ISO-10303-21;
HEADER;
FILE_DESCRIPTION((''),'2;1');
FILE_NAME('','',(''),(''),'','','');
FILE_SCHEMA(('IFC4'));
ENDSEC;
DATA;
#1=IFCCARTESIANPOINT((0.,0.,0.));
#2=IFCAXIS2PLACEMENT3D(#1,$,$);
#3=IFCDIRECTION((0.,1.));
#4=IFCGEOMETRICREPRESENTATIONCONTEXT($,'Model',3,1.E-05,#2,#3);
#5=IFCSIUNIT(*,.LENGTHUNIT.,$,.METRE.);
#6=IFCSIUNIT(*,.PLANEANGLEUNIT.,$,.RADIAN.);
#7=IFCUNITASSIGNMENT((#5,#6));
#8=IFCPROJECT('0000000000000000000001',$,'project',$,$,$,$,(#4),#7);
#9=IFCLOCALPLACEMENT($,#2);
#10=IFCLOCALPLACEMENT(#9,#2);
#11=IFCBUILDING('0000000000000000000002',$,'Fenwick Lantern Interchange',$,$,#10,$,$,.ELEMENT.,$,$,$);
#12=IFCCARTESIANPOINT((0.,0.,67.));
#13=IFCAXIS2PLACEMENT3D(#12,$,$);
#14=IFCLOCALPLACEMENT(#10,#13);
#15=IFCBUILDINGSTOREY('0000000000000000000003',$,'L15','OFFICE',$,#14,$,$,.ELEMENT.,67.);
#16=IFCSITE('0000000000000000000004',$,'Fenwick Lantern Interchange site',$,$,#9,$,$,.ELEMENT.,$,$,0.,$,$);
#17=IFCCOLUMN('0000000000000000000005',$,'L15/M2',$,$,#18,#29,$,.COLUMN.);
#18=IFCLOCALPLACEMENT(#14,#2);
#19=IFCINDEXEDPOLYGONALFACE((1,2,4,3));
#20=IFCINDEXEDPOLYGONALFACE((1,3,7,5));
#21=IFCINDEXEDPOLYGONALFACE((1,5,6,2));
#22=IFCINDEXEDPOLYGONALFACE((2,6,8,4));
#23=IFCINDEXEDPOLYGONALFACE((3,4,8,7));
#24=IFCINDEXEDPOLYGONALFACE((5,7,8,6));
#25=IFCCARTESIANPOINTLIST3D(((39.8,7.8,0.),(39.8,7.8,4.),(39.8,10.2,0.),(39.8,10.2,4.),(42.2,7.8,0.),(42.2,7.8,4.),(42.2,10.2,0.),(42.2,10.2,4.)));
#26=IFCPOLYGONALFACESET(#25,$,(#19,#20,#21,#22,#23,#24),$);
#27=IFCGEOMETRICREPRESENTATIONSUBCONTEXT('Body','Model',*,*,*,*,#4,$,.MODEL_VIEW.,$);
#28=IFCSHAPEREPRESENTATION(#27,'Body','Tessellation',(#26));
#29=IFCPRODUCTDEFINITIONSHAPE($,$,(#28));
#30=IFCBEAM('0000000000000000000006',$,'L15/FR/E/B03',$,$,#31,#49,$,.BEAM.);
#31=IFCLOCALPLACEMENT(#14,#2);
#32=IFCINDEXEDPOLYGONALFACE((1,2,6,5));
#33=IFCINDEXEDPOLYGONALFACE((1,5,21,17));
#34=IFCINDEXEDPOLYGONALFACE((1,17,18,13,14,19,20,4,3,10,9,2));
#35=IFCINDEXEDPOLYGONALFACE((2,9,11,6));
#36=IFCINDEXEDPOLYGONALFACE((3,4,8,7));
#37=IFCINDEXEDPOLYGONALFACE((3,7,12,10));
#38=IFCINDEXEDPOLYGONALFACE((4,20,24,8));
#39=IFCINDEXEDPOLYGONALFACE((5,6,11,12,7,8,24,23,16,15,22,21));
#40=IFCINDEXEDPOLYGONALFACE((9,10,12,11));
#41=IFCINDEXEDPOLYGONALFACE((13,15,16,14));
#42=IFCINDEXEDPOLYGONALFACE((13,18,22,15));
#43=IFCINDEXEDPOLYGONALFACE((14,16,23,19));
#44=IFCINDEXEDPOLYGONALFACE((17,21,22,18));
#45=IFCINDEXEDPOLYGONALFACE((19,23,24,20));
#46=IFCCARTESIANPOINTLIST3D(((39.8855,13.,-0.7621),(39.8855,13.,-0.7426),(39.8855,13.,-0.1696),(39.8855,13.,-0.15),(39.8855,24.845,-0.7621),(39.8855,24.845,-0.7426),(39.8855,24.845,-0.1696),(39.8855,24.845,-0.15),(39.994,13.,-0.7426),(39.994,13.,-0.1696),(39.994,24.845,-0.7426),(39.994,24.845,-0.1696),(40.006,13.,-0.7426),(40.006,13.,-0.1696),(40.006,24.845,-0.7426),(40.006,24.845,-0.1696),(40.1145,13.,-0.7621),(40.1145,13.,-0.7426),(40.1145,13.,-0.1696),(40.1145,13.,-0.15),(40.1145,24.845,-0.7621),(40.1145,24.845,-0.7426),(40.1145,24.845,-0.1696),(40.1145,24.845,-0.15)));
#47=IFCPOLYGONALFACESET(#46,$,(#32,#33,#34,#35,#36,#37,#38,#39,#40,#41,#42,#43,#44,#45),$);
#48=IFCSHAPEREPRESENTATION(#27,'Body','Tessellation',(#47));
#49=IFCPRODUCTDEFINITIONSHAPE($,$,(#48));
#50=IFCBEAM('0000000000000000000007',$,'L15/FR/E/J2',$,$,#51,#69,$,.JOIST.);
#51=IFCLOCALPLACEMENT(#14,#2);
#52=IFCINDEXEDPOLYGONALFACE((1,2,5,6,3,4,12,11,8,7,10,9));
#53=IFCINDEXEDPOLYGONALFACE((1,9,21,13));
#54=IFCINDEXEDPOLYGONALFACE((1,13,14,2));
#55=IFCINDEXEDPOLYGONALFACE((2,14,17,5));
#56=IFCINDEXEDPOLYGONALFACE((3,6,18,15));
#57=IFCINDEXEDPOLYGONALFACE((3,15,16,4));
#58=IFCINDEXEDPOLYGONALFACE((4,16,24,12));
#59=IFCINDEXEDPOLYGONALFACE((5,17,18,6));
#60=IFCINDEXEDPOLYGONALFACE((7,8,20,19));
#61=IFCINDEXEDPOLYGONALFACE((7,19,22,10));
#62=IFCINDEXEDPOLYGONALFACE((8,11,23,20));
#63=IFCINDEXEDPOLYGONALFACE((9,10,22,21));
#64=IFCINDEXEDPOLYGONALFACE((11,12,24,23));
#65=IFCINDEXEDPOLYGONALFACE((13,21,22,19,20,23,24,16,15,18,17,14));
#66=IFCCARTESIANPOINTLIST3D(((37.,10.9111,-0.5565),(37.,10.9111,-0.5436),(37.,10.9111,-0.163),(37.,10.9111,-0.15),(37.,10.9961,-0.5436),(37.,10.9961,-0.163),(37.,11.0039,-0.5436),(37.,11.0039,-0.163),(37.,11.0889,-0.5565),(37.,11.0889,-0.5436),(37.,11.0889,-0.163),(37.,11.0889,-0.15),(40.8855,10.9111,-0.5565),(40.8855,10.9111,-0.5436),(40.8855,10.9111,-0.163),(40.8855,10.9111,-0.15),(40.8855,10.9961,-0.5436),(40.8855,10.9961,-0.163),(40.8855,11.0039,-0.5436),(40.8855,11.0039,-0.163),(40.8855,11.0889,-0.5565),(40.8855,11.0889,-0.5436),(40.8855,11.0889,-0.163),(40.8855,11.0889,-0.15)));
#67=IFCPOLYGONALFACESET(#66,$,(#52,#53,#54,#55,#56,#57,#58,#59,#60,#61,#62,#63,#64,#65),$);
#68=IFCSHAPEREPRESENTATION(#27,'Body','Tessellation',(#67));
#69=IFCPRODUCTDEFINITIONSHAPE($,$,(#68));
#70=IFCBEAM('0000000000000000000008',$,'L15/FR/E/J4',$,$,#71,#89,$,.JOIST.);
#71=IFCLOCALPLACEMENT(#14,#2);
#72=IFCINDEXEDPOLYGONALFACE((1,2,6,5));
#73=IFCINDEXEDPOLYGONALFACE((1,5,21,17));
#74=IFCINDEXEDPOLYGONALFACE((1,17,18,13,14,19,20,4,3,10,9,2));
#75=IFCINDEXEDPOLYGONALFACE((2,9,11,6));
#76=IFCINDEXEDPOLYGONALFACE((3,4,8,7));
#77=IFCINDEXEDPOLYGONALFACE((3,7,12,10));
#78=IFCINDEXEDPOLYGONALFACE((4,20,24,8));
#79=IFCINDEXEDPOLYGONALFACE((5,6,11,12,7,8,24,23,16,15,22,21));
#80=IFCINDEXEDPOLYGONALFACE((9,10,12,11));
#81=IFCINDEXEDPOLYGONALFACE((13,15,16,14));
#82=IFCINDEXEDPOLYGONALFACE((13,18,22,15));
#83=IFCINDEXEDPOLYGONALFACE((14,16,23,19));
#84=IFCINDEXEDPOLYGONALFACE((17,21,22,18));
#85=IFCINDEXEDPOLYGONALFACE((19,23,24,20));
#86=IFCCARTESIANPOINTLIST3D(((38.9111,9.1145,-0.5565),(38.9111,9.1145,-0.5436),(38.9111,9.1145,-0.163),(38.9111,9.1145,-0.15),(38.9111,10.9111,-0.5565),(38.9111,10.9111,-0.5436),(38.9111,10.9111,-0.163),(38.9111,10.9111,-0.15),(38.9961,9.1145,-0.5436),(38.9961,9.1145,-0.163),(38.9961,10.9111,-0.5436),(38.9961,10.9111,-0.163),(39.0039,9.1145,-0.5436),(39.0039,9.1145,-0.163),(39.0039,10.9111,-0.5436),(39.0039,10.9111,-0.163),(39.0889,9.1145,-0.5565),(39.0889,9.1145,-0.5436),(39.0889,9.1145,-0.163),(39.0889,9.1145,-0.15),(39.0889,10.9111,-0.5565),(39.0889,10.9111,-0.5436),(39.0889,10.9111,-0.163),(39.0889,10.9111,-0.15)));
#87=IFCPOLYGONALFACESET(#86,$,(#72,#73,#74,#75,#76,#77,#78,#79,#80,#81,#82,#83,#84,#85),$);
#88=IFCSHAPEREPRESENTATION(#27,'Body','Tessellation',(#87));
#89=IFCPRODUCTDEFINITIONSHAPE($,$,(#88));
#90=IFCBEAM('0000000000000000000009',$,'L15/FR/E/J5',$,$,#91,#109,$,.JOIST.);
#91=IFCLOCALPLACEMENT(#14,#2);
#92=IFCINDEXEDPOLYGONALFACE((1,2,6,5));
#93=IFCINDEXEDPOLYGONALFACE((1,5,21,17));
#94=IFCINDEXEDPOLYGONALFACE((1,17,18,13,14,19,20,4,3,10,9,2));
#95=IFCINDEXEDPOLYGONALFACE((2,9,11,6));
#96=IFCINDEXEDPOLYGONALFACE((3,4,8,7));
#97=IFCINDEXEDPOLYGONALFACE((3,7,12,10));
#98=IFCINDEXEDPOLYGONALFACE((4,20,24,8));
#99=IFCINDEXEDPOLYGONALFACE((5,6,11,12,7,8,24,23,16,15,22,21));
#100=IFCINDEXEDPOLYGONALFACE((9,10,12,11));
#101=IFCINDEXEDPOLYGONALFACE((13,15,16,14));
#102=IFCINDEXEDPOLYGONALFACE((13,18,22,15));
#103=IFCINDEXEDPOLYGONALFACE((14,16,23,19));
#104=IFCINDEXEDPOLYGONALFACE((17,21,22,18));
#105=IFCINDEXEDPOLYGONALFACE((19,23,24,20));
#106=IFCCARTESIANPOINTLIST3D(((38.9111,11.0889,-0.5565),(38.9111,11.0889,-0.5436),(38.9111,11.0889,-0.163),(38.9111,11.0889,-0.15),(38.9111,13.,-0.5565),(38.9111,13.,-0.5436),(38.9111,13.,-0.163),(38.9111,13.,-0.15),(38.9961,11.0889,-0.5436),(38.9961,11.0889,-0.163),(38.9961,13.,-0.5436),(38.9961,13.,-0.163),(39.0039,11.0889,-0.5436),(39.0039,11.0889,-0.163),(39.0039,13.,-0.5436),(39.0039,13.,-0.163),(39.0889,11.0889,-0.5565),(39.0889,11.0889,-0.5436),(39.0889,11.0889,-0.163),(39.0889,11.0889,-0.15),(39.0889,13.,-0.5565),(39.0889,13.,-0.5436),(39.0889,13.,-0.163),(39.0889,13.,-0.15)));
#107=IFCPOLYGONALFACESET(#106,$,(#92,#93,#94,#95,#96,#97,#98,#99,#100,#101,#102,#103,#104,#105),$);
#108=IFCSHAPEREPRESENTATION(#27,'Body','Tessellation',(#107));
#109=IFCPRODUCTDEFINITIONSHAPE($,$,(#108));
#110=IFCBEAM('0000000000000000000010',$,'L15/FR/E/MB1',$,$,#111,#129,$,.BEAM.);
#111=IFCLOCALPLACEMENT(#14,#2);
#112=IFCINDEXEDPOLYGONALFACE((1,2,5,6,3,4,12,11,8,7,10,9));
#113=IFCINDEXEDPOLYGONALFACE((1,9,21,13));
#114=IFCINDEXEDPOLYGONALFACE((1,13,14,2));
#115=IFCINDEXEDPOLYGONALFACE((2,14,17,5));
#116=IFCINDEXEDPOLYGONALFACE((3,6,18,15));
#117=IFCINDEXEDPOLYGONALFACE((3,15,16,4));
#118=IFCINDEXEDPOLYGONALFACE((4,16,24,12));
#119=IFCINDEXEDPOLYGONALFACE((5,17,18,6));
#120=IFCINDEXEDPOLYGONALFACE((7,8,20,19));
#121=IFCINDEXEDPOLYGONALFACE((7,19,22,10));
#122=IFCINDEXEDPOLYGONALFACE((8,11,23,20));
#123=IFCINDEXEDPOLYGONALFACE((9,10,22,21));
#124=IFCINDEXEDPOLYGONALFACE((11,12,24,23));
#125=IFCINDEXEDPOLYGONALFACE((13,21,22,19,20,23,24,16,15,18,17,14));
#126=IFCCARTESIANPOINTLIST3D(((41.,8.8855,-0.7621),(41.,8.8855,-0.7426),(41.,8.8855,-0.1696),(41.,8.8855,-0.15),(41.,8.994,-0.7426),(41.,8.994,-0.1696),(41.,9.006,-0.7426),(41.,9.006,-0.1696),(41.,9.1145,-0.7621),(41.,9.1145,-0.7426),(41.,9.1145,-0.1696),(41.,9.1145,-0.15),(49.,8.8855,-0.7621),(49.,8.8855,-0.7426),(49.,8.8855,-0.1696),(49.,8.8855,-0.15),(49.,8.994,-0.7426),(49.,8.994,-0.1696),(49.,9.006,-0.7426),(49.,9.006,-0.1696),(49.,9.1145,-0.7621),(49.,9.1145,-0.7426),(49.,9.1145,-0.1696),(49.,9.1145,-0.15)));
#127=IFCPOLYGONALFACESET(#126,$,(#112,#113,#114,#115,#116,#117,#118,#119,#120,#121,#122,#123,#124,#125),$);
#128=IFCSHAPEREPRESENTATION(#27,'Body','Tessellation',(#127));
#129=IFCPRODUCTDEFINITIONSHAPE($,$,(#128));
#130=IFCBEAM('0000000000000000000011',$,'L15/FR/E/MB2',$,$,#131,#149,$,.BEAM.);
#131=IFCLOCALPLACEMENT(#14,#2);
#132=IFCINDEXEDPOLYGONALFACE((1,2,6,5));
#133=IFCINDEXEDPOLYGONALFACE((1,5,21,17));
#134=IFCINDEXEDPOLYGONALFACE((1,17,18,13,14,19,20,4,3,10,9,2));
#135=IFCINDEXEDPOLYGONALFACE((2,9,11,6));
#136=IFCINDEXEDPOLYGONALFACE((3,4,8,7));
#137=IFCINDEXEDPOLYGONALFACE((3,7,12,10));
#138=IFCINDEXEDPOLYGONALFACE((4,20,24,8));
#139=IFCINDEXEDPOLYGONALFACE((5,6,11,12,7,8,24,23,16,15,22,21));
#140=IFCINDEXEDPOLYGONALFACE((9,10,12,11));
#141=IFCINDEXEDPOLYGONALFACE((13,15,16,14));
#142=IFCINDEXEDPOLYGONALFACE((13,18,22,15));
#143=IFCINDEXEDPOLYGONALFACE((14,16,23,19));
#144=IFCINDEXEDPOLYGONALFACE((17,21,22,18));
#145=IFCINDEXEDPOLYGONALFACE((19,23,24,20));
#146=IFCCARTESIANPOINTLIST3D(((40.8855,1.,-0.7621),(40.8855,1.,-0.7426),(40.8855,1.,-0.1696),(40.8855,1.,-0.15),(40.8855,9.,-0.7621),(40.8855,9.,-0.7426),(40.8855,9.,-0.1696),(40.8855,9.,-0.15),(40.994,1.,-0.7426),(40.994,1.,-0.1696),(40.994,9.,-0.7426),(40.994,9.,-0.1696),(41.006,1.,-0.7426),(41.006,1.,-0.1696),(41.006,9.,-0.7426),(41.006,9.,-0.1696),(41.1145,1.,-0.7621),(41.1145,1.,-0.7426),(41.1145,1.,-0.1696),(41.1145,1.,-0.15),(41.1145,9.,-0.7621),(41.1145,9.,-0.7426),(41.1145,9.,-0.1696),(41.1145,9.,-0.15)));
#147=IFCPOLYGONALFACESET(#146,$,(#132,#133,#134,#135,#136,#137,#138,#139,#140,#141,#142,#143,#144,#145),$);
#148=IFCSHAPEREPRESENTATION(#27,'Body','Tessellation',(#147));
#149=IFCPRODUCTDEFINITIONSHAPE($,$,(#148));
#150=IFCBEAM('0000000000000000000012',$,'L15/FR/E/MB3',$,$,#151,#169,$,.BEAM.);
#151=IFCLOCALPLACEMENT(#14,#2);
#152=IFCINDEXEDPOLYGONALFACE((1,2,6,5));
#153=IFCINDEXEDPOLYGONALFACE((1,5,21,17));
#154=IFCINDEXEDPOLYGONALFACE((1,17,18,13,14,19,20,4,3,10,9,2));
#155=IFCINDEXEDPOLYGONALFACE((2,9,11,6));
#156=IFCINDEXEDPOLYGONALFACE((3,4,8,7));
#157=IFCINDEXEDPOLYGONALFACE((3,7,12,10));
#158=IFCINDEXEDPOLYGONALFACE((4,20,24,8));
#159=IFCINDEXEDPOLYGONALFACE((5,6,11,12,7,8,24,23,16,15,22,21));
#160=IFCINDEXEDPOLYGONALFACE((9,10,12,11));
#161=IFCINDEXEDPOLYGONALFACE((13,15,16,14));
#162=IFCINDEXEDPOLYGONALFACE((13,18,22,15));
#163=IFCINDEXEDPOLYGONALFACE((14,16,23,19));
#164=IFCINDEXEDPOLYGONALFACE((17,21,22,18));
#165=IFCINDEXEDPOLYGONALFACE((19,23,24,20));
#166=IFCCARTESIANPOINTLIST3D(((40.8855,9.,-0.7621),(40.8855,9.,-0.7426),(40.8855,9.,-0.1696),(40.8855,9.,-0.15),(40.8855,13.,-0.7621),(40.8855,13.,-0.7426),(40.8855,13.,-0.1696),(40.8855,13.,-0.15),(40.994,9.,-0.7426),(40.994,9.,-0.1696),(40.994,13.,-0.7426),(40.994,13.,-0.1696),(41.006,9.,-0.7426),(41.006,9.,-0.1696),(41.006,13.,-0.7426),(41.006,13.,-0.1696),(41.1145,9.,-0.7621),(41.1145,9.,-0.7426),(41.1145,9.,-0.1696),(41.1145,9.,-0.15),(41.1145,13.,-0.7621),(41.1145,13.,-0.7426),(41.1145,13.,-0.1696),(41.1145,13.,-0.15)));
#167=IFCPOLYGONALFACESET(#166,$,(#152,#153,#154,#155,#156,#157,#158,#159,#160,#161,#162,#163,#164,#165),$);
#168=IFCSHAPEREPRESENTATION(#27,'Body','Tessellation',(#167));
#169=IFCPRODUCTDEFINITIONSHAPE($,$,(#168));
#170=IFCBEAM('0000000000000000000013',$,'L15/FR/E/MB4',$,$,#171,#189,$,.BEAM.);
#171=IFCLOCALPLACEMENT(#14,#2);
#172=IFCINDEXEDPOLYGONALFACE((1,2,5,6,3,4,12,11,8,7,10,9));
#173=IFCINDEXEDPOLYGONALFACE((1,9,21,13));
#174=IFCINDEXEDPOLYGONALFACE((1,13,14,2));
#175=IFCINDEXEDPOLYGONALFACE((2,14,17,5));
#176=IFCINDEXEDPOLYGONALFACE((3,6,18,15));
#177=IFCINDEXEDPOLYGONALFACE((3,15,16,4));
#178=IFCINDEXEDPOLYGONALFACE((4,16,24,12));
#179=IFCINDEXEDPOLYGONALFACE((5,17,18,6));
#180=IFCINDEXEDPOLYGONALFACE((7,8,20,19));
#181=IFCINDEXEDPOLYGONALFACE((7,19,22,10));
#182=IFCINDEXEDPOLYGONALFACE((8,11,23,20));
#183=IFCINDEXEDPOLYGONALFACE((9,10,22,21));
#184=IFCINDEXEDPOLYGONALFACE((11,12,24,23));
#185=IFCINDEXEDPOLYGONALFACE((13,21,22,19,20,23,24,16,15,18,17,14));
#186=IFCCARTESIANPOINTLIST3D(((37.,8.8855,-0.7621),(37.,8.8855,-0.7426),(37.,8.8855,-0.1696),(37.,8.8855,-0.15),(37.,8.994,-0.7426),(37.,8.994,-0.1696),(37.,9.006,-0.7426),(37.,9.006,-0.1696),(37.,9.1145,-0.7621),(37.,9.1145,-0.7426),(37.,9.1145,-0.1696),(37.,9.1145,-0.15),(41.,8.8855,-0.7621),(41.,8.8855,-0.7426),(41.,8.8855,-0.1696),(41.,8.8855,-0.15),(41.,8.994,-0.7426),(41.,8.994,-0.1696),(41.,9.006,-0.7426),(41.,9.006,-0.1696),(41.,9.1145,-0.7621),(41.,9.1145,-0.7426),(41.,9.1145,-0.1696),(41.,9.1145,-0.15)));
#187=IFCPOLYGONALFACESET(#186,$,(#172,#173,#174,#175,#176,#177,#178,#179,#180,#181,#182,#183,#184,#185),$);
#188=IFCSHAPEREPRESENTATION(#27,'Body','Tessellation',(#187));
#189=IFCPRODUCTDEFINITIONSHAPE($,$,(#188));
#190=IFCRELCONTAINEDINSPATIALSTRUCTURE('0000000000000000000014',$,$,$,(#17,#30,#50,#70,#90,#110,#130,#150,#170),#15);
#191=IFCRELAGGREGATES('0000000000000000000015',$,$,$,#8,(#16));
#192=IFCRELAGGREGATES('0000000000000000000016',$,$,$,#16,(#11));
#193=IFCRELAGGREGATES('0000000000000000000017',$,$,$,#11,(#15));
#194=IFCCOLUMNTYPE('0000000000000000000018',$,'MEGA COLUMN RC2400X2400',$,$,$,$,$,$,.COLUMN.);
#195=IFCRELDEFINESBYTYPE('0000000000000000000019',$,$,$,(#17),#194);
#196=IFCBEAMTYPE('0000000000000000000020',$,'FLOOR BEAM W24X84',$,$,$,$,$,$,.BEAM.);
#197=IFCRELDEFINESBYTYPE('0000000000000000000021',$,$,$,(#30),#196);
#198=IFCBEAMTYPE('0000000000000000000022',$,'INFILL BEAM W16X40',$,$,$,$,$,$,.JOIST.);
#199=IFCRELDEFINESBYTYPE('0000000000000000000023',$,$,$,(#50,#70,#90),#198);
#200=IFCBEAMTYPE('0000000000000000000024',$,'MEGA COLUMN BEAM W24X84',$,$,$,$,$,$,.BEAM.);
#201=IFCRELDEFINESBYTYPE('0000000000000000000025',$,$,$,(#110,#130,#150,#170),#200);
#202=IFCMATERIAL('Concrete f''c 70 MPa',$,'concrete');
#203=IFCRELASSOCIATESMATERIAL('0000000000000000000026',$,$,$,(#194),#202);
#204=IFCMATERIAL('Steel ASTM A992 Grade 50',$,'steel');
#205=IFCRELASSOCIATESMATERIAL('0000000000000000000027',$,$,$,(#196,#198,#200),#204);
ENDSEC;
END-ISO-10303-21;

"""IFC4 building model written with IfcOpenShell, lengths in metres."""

from ifc_helpers import new_model, si_unit, direction, frame, origin, origin_2d, place, context, subcontext, project, spatial, rectangle, i_section, extrude, material, material_profile, profile_set, type_object, element, save


model = new_model("IFC4")

# Units and contexts
model_context = context("Model", 3, precision=1e-05, world=origin(), true_north=direction((0.0, 1.0)))
body_context = subcontext(model_context, "Body", "Model", "MODEL_VIEW")
ifc_project = project(units=[si_unit("LENGTHUNIT", "METRE"), si_unit("PLANEANGLEUNIT", "RADIAN")], contexts=[model_context])

# Site, building, storey
site_placement = place(None, origin())
site = spatial("IfcSite", under=ifc_project, at=site_placement, Name="Fenwick Lantern Interchange site", CompositionType="ELEMENT", RefElevation=0.0)
building_placement = place(site_placement, origin())
building = spatial("IfcBuilding", under=site, at=building_placement, Name="Fenwick Lantern Interchange", CompositionType="ELEMENT")
storey_placement = place(building_placement, frame((0.0, 0.0, 67.0)))
storey = spatial("IfcBuildingStorey", under=building, at=storey_placement, Name="L15", Description="OFFICE", CompositionType="ELEMENT", Elevation=67.0)

# Column
ifc_material_1 = material(Name="Concrete f'c 70 MPa", Category="concrete")
ifc_material_profile_1 = material_profile(ifc_material_1, rectangle(XDim=2.3999, YDim=2.3999, at=origin_2d()), Name="RC2400X2400")
ifc_profile_set_1 = profile_set([ifc_material_profile_1], Name="Concrete f'c 70 MPa")
column_type = type_object("IfcColumnType", Name="MEGA COLUMN RC2400X2400", PredefinedType="COLUMN", material=ifc_profile_set_1)
column_placement = place(storey_placement, frame((41.0, 9.0, 0.0), z_axis=(0.0, 0.0, 1.0), x_axis=(1.0, 0.0, 0.0)))
element("IfcColumn", 1, at=column_placement, inside=storey, type_object=column_type, Name="L15/M2", PredefinedType="COLUMN", context=body_context, shape_type="SweptSolid", body=[
    extrude(rectangle(XDim=2.3999, YDim=2.3999, at=origin_2d()), origin(), (0.0, 0.0, 1.0), 4.0),
])

# Beams
ifc_material_2 = material(Name="Steel ASTM A992 Grade 50", Category="steel")
ifc_material_profile_2 = material_profile(ifc_material_2, i_section(OverallWidth=0.229, OverallDepth=0.6121, WebThickness=0.012, FlangeThickness=0.0195, at=origin_2d()), Name="W24X84")
ifc_profile_set_2 = profile_set([ifc_material_profile_2], Name="Steel ASTM A992 Grade 50")
beam_type_1 = type_object("IfcBeamType", Name="FLOOR BEAM W24X84", PredefinedType="BEAM", material=ifc_profile_set_2)
beam_1_placement = place(storey_placement, frame((40.0, 13.0, -0.4561), z_axis=(0.0, 1.0, 0.0), x_axis=(-1.0, 0.0, 0.0)))
element("IfcBeam", 2, at=beam_1_placement, inside=storey, type_object=beam_type_1, Name="L15/FR/E/B03", PredefinedType="BEAM", context=body_context, shape_type="SweptSolid", body=[
    extrude(i_section(OverallWidth=0.229, OverallDepth=0.6121, WebThickness=0.012, FlangeThickness=0.0195, at=origin_2d()), origin(), (0.0, 0.0, 1.0), 11.845),
])
ifc_material_profile_3 = material_profile(ifc_material_2, i_section(OverallWidth=0.1777, OverallDepth=0.4065, WebThickness=0.0078, FlangeThickness=0.0129, at=origin_2d()), Name="W16X40")
ifc_profile_set_3 = profile_set([ifc_material_profile_3], Name="Steel ASTM A992 Grade 50")
beam_type_2 = type_object("IfcBeamType", Name="INFILL BEAM W16X40", PredefinedType="JOIST", material=ifc_profile_set_3)
beam_2_placement = place(storey_placement, frame((40.8855, 11.0, -0.3533), z_axis=(-1.0, 0.0, 0.0), x_axis=(0.0, -1.0, 0.0)))
element("IfcBeam", 3, at=beam_2_placement, inside=storey, type_object=beam_type_2, Name="L15/FR/E/J2", PredefinedType="JOIST", context=body_context, shape_type="SweptSolid", body=[
    extrude(i_section(OverallWidth=0.1777, OverallDepth=0.4065, WebThickness=0.0078, FlangeThickness=0.0129, at=origin_2d()), origin(), (0.0, 0.0, 1.0), 3.8855),
])
beam_3_placement = place(storey_placement, frame((39.0, 9.1145, -0.3533), z_axis=(0.0, 1.0, 0.0), x_axis=(-1.0, 0.0, 0.0)))
element("IfcBeam", 4, at=beam_3_placement, inside=storey, type_object=beam_type_2, Name="L15/FR/E/J4", PredefinedType="JOIST", context=body_context, shape_type="SweptSolid", body=[
    extrude(i_section(OverallWidth=0.1777, OverallDepth=0.4065, WebThickness=0.0078, FlangeThickness=0.0129, at=origin_2d()), origin(), (0.0, 0.0, 1.0), 1.7966),
])
beam_4_placement = place(storey_placement, frame((39.0, 11.0889, -0.3533), z_axis=(0.0, 1.0, 0.0), x_axis=(-1.0, 0.0, 0.0)))
element("IfcBeam", 5, at=beam_4_placement, inside=storey, type_object=beam_type_2, Name="L15/FR/E/J5", PredefinedType="JOIST", context=body_context, shape_type="SweptSolid", body=[
    extrude(i_section(OverallWidth=0.1777, OverallDepth=0.4065, WebThickness=0.0078, FlangeThickness=0.0129, at=origin_2d()), origin(), (0.0, 0.0, 1.0), 1.9111),
])
ifc_material_profile_4 = material_profile(ifc_material_2, i_section(OverallWidth=0.229, OverallDepth=0.6121, WebThickness=0.012, FlangeThickness=0.0195, at=origin_2d()), Name="W24X84")
ifc_profile_set_4 = profile_set([ifc_material_profile_4], Name="Steel ASTM A992 Grade 50")
beam_type_3 = type_object("IfcBeamType", Name="MEGA COLUMN BEAM W24X84", PredefinedType="BEAM", material=ifc_profile_set_4)
for number, where, z_axis, x_axis, name in (
    (6, (41.0, 9.0, -0.4561), (1.0, 0.0, 0.0), (0.0, 1.0, 0.0), "L15/FR/E/MB1"),
    (7, (41.0, 9.0, -0.4561), (0.0, -1.0, 0.0), (1.0, 0.0, 0.0), "L15/FR/E/MB2"),
):
    element("IfcBeam", number, at=place(storey_placement, frame(where, z_axis=z_axis, x_axis=x_axis)), inside=storey, type_object=beam_type_3, Name=name, PredefinedType="BEAM", context=body_context, shape_type="SweptSolid", body=[
        extrude(i_section(OverallWidth=0.229, OverallDepth=0.6121, WebThickness=0.012, FlangeThickness=0.0195, at=origin_2d()), origin(), (0.0, 0.0, 1.0), 8.0),
    ])
for number, where, z_axis, x_axis, name in (
    (8, (41.0, 9.0, -0.4561), (0.0, 1.0, 0.0), (-1.0, 0.0, 0.0), "L15/FR/E/MB3"),
    (9, (41.0, 9.0, -0.4561), (-1.0, 0.0, 0.0), (0.0, -1.0, 0.0), "L15/FR/E/MB4"),
):
    element("IfcBeam", number, at=place(storey_placement, frame(where, z_axis=z_axis, x_axis=x_axis)), inside=storey, type_object=beam_type_3, Name=name, PredefinedType="BEAM", context=body_context, shape_type="SweptSolid", body=[
        extrude(i_section(OverallWidth=0.229, OverallDepth=0.6121, WebThickness=0.012, FlangeThickness=0.0195, at=origin_2d()), origin(), (0.0, 0.0, 1.0), 4.0),
    ])

save(model, "model.ifc")
